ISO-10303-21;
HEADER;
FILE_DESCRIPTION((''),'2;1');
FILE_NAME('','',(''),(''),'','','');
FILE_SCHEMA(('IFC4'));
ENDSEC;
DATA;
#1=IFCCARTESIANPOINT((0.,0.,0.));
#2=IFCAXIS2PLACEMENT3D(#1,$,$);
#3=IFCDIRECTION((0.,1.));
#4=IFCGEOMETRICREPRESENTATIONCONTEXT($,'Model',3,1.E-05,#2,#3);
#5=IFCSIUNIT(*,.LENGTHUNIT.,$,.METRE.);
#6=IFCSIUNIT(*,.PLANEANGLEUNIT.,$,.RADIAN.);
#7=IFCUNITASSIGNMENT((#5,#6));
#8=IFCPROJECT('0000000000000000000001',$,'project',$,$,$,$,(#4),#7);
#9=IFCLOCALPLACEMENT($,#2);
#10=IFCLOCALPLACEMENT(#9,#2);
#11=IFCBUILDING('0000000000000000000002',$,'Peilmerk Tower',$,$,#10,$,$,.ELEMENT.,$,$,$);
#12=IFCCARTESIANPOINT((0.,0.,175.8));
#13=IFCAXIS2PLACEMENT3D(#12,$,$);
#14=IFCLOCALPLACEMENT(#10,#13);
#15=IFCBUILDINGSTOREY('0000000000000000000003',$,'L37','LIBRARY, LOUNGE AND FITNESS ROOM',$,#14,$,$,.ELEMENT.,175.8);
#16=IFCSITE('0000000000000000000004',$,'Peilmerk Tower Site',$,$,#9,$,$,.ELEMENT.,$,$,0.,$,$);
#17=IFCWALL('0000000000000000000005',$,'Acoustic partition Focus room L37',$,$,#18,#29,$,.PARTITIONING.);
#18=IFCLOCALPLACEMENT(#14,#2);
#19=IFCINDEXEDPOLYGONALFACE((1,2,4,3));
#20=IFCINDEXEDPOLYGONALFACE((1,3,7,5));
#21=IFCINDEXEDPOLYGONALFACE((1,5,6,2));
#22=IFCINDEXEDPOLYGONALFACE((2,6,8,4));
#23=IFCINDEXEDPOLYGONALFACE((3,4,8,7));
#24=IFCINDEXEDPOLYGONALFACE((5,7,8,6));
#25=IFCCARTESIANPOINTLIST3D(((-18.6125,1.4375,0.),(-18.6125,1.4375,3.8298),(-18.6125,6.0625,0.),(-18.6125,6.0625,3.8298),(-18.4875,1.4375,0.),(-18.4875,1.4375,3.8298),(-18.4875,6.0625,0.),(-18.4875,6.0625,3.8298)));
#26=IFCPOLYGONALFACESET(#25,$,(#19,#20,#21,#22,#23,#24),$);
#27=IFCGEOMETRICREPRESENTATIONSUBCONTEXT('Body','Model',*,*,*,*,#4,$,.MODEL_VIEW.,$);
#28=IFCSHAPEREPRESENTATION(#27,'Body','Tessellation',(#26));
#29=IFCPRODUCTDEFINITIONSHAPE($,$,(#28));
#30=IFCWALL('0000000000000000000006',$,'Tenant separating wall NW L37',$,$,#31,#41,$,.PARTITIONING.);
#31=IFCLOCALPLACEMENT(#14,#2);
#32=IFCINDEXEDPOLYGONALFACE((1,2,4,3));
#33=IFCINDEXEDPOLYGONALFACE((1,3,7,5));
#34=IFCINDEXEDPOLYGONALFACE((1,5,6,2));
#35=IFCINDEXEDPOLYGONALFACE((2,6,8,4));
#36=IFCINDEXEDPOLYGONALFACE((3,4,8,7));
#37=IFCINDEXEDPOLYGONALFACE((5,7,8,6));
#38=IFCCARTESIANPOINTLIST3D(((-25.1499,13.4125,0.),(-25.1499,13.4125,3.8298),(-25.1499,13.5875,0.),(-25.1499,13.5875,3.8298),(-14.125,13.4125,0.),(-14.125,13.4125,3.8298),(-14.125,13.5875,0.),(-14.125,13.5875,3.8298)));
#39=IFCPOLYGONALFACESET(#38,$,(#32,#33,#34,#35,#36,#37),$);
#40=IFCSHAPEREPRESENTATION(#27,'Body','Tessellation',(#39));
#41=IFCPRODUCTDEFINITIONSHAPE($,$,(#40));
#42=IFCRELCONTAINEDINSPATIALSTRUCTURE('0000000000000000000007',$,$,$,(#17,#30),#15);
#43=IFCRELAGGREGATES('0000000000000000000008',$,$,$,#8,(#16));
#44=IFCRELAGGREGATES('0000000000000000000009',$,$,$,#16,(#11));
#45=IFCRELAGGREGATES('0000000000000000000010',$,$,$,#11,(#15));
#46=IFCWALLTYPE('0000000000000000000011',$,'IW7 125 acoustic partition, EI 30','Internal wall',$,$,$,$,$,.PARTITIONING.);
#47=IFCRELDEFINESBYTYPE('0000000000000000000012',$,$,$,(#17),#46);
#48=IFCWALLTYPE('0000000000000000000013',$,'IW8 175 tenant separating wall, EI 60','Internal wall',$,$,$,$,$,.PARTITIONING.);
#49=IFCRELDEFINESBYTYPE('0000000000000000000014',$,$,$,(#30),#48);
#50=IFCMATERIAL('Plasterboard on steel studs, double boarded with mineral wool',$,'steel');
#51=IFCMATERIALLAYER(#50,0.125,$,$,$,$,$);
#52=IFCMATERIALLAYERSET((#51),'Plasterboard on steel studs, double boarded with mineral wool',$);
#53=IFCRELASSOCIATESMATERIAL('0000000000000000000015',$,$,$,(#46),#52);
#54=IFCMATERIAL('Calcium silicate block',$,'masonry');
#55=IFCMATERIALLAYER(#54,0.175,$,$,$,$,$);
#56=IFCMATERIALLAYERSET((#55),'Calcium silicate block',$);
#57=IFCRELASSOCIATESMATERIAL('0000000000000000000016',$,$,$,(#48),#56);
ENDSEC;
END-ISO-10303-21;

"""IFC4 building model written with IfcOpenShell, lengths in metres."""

from ifc_helpers import new_model, si_unit, direction, frame, frame_2d, origin, place, context, subcontext, project, spatial, rectangle, extrude, material, layer, layer_set, type_object, element, save


model = new_model("IFC4")

# Units and contexts
model_context = context("Model", 3, precision=1e-05, world=origin(), true_north=direction((0.0, 1.0)))
body_context = subcontext(model_context, "Body", "Model", "MODEL_VIEW")
ifc_project = project(units=[si_unit("LENGTHUNIT", "METRE"), si_unit("PLANEANGLEUNIT", "RADIAN")], contexts=[model_context])

# Site, building, storey
site_placement = place(None, origin())
site = spatial("IfcSite", under=ifc_project, at=site_placement, Name="Peilmerk Tower Site", CompositionType="ELEMENT", RefElevation=0.0)
building_placement = place(site_placement, origin())
building = spatial("IfcBuilding", under=site, at=building_placement, Name="Peilmerk Tower", CompositionType="ELEMENT")
storey_placement = place(building_placement, frame((0.0, 0.0, 175.8)))
storey = spatial("IfcBuildingStorey", under=building, at=storey_placement, Name="L37", Description="LIBRARY, LOUNGE AND FITNESS ROOM", CompositionType="ELEMENT", Elevation=175.8)

# Walls
ifc_material_1 = material(Name="Plasterboard on steel studs, double boarded with mineral wool", Category="steel")
ifc_layer_1 = layer(ifc_material_1, 0.125)
ifc_layer_set_1 = layer_set([ifc_layer_1], Name="Plasterboard on steel studs, double boarded with mineral wool")
wall_type_1 = type_object("IfcWallType", Name="IW7 125 acoustic partition, EI 30", Description="Internal wall", PredefinedType="PARTITIONING", material=ifc_layer_set_1)
wall_1_placement = place(storey_placement, frame((-18.55, 1.4375, 0.0), z_axis=(0.0, 0.0, 1.0), x_axis=(0.0, 1.0, 0.0)))
element("IfcWall", 1, at=wall_1_placement, inside=storey, type_object=wall_type_1, Name="Acoustic partition Focus room L37", PredefinedType="PARTITIONING", context=body_context, shape_type="SweptSolid", body=[
    extrude(rectangle(XDim=4.625, YDim=0.125, at=frame_2d((2.3125, 0.0))), origin(), (0.0, 0.0, 1.0), 3.8298),
])
ifc_material_2 = material(Name="Calcium silicate block", Category="masonry")
ifc_layer_2 = layer(ifc_material_2, 0.175)
ifc_layer_set_2 = layer_set([ifc_layer_2], Name="Calcium silicate block")
wall_type_2 = type_object("IfcWallType", Name="IW8 175 tenant separating wall, EI 60", Description="Internal wall", PredefinedType="PARTITIONING", material=ifc_layer_set_2)
wall_2_placement = place(storey_placement, frame((-25.1499, 13.5, 0.0), z_axis=(0.0, 0.0, 1.0), x_axis=(1.0, 0.0, 0.0)))
element("IfcWall", 2, at=wall_2_placement, inside=storey, type_object=wall_type_2, Name="Tenant separating wall NW L37", PredefinedType="PARTITIONING", context=body_context, shape_type="SweptSolid", body=[
    extrude(rectangle(XDim=11.0249, YDim=0.175, at=frame_2d((5.5125, 0.0))), origin(), (0.0, 0.0, 1.0), 3.8298),
])

save(model, "model.ifc")
